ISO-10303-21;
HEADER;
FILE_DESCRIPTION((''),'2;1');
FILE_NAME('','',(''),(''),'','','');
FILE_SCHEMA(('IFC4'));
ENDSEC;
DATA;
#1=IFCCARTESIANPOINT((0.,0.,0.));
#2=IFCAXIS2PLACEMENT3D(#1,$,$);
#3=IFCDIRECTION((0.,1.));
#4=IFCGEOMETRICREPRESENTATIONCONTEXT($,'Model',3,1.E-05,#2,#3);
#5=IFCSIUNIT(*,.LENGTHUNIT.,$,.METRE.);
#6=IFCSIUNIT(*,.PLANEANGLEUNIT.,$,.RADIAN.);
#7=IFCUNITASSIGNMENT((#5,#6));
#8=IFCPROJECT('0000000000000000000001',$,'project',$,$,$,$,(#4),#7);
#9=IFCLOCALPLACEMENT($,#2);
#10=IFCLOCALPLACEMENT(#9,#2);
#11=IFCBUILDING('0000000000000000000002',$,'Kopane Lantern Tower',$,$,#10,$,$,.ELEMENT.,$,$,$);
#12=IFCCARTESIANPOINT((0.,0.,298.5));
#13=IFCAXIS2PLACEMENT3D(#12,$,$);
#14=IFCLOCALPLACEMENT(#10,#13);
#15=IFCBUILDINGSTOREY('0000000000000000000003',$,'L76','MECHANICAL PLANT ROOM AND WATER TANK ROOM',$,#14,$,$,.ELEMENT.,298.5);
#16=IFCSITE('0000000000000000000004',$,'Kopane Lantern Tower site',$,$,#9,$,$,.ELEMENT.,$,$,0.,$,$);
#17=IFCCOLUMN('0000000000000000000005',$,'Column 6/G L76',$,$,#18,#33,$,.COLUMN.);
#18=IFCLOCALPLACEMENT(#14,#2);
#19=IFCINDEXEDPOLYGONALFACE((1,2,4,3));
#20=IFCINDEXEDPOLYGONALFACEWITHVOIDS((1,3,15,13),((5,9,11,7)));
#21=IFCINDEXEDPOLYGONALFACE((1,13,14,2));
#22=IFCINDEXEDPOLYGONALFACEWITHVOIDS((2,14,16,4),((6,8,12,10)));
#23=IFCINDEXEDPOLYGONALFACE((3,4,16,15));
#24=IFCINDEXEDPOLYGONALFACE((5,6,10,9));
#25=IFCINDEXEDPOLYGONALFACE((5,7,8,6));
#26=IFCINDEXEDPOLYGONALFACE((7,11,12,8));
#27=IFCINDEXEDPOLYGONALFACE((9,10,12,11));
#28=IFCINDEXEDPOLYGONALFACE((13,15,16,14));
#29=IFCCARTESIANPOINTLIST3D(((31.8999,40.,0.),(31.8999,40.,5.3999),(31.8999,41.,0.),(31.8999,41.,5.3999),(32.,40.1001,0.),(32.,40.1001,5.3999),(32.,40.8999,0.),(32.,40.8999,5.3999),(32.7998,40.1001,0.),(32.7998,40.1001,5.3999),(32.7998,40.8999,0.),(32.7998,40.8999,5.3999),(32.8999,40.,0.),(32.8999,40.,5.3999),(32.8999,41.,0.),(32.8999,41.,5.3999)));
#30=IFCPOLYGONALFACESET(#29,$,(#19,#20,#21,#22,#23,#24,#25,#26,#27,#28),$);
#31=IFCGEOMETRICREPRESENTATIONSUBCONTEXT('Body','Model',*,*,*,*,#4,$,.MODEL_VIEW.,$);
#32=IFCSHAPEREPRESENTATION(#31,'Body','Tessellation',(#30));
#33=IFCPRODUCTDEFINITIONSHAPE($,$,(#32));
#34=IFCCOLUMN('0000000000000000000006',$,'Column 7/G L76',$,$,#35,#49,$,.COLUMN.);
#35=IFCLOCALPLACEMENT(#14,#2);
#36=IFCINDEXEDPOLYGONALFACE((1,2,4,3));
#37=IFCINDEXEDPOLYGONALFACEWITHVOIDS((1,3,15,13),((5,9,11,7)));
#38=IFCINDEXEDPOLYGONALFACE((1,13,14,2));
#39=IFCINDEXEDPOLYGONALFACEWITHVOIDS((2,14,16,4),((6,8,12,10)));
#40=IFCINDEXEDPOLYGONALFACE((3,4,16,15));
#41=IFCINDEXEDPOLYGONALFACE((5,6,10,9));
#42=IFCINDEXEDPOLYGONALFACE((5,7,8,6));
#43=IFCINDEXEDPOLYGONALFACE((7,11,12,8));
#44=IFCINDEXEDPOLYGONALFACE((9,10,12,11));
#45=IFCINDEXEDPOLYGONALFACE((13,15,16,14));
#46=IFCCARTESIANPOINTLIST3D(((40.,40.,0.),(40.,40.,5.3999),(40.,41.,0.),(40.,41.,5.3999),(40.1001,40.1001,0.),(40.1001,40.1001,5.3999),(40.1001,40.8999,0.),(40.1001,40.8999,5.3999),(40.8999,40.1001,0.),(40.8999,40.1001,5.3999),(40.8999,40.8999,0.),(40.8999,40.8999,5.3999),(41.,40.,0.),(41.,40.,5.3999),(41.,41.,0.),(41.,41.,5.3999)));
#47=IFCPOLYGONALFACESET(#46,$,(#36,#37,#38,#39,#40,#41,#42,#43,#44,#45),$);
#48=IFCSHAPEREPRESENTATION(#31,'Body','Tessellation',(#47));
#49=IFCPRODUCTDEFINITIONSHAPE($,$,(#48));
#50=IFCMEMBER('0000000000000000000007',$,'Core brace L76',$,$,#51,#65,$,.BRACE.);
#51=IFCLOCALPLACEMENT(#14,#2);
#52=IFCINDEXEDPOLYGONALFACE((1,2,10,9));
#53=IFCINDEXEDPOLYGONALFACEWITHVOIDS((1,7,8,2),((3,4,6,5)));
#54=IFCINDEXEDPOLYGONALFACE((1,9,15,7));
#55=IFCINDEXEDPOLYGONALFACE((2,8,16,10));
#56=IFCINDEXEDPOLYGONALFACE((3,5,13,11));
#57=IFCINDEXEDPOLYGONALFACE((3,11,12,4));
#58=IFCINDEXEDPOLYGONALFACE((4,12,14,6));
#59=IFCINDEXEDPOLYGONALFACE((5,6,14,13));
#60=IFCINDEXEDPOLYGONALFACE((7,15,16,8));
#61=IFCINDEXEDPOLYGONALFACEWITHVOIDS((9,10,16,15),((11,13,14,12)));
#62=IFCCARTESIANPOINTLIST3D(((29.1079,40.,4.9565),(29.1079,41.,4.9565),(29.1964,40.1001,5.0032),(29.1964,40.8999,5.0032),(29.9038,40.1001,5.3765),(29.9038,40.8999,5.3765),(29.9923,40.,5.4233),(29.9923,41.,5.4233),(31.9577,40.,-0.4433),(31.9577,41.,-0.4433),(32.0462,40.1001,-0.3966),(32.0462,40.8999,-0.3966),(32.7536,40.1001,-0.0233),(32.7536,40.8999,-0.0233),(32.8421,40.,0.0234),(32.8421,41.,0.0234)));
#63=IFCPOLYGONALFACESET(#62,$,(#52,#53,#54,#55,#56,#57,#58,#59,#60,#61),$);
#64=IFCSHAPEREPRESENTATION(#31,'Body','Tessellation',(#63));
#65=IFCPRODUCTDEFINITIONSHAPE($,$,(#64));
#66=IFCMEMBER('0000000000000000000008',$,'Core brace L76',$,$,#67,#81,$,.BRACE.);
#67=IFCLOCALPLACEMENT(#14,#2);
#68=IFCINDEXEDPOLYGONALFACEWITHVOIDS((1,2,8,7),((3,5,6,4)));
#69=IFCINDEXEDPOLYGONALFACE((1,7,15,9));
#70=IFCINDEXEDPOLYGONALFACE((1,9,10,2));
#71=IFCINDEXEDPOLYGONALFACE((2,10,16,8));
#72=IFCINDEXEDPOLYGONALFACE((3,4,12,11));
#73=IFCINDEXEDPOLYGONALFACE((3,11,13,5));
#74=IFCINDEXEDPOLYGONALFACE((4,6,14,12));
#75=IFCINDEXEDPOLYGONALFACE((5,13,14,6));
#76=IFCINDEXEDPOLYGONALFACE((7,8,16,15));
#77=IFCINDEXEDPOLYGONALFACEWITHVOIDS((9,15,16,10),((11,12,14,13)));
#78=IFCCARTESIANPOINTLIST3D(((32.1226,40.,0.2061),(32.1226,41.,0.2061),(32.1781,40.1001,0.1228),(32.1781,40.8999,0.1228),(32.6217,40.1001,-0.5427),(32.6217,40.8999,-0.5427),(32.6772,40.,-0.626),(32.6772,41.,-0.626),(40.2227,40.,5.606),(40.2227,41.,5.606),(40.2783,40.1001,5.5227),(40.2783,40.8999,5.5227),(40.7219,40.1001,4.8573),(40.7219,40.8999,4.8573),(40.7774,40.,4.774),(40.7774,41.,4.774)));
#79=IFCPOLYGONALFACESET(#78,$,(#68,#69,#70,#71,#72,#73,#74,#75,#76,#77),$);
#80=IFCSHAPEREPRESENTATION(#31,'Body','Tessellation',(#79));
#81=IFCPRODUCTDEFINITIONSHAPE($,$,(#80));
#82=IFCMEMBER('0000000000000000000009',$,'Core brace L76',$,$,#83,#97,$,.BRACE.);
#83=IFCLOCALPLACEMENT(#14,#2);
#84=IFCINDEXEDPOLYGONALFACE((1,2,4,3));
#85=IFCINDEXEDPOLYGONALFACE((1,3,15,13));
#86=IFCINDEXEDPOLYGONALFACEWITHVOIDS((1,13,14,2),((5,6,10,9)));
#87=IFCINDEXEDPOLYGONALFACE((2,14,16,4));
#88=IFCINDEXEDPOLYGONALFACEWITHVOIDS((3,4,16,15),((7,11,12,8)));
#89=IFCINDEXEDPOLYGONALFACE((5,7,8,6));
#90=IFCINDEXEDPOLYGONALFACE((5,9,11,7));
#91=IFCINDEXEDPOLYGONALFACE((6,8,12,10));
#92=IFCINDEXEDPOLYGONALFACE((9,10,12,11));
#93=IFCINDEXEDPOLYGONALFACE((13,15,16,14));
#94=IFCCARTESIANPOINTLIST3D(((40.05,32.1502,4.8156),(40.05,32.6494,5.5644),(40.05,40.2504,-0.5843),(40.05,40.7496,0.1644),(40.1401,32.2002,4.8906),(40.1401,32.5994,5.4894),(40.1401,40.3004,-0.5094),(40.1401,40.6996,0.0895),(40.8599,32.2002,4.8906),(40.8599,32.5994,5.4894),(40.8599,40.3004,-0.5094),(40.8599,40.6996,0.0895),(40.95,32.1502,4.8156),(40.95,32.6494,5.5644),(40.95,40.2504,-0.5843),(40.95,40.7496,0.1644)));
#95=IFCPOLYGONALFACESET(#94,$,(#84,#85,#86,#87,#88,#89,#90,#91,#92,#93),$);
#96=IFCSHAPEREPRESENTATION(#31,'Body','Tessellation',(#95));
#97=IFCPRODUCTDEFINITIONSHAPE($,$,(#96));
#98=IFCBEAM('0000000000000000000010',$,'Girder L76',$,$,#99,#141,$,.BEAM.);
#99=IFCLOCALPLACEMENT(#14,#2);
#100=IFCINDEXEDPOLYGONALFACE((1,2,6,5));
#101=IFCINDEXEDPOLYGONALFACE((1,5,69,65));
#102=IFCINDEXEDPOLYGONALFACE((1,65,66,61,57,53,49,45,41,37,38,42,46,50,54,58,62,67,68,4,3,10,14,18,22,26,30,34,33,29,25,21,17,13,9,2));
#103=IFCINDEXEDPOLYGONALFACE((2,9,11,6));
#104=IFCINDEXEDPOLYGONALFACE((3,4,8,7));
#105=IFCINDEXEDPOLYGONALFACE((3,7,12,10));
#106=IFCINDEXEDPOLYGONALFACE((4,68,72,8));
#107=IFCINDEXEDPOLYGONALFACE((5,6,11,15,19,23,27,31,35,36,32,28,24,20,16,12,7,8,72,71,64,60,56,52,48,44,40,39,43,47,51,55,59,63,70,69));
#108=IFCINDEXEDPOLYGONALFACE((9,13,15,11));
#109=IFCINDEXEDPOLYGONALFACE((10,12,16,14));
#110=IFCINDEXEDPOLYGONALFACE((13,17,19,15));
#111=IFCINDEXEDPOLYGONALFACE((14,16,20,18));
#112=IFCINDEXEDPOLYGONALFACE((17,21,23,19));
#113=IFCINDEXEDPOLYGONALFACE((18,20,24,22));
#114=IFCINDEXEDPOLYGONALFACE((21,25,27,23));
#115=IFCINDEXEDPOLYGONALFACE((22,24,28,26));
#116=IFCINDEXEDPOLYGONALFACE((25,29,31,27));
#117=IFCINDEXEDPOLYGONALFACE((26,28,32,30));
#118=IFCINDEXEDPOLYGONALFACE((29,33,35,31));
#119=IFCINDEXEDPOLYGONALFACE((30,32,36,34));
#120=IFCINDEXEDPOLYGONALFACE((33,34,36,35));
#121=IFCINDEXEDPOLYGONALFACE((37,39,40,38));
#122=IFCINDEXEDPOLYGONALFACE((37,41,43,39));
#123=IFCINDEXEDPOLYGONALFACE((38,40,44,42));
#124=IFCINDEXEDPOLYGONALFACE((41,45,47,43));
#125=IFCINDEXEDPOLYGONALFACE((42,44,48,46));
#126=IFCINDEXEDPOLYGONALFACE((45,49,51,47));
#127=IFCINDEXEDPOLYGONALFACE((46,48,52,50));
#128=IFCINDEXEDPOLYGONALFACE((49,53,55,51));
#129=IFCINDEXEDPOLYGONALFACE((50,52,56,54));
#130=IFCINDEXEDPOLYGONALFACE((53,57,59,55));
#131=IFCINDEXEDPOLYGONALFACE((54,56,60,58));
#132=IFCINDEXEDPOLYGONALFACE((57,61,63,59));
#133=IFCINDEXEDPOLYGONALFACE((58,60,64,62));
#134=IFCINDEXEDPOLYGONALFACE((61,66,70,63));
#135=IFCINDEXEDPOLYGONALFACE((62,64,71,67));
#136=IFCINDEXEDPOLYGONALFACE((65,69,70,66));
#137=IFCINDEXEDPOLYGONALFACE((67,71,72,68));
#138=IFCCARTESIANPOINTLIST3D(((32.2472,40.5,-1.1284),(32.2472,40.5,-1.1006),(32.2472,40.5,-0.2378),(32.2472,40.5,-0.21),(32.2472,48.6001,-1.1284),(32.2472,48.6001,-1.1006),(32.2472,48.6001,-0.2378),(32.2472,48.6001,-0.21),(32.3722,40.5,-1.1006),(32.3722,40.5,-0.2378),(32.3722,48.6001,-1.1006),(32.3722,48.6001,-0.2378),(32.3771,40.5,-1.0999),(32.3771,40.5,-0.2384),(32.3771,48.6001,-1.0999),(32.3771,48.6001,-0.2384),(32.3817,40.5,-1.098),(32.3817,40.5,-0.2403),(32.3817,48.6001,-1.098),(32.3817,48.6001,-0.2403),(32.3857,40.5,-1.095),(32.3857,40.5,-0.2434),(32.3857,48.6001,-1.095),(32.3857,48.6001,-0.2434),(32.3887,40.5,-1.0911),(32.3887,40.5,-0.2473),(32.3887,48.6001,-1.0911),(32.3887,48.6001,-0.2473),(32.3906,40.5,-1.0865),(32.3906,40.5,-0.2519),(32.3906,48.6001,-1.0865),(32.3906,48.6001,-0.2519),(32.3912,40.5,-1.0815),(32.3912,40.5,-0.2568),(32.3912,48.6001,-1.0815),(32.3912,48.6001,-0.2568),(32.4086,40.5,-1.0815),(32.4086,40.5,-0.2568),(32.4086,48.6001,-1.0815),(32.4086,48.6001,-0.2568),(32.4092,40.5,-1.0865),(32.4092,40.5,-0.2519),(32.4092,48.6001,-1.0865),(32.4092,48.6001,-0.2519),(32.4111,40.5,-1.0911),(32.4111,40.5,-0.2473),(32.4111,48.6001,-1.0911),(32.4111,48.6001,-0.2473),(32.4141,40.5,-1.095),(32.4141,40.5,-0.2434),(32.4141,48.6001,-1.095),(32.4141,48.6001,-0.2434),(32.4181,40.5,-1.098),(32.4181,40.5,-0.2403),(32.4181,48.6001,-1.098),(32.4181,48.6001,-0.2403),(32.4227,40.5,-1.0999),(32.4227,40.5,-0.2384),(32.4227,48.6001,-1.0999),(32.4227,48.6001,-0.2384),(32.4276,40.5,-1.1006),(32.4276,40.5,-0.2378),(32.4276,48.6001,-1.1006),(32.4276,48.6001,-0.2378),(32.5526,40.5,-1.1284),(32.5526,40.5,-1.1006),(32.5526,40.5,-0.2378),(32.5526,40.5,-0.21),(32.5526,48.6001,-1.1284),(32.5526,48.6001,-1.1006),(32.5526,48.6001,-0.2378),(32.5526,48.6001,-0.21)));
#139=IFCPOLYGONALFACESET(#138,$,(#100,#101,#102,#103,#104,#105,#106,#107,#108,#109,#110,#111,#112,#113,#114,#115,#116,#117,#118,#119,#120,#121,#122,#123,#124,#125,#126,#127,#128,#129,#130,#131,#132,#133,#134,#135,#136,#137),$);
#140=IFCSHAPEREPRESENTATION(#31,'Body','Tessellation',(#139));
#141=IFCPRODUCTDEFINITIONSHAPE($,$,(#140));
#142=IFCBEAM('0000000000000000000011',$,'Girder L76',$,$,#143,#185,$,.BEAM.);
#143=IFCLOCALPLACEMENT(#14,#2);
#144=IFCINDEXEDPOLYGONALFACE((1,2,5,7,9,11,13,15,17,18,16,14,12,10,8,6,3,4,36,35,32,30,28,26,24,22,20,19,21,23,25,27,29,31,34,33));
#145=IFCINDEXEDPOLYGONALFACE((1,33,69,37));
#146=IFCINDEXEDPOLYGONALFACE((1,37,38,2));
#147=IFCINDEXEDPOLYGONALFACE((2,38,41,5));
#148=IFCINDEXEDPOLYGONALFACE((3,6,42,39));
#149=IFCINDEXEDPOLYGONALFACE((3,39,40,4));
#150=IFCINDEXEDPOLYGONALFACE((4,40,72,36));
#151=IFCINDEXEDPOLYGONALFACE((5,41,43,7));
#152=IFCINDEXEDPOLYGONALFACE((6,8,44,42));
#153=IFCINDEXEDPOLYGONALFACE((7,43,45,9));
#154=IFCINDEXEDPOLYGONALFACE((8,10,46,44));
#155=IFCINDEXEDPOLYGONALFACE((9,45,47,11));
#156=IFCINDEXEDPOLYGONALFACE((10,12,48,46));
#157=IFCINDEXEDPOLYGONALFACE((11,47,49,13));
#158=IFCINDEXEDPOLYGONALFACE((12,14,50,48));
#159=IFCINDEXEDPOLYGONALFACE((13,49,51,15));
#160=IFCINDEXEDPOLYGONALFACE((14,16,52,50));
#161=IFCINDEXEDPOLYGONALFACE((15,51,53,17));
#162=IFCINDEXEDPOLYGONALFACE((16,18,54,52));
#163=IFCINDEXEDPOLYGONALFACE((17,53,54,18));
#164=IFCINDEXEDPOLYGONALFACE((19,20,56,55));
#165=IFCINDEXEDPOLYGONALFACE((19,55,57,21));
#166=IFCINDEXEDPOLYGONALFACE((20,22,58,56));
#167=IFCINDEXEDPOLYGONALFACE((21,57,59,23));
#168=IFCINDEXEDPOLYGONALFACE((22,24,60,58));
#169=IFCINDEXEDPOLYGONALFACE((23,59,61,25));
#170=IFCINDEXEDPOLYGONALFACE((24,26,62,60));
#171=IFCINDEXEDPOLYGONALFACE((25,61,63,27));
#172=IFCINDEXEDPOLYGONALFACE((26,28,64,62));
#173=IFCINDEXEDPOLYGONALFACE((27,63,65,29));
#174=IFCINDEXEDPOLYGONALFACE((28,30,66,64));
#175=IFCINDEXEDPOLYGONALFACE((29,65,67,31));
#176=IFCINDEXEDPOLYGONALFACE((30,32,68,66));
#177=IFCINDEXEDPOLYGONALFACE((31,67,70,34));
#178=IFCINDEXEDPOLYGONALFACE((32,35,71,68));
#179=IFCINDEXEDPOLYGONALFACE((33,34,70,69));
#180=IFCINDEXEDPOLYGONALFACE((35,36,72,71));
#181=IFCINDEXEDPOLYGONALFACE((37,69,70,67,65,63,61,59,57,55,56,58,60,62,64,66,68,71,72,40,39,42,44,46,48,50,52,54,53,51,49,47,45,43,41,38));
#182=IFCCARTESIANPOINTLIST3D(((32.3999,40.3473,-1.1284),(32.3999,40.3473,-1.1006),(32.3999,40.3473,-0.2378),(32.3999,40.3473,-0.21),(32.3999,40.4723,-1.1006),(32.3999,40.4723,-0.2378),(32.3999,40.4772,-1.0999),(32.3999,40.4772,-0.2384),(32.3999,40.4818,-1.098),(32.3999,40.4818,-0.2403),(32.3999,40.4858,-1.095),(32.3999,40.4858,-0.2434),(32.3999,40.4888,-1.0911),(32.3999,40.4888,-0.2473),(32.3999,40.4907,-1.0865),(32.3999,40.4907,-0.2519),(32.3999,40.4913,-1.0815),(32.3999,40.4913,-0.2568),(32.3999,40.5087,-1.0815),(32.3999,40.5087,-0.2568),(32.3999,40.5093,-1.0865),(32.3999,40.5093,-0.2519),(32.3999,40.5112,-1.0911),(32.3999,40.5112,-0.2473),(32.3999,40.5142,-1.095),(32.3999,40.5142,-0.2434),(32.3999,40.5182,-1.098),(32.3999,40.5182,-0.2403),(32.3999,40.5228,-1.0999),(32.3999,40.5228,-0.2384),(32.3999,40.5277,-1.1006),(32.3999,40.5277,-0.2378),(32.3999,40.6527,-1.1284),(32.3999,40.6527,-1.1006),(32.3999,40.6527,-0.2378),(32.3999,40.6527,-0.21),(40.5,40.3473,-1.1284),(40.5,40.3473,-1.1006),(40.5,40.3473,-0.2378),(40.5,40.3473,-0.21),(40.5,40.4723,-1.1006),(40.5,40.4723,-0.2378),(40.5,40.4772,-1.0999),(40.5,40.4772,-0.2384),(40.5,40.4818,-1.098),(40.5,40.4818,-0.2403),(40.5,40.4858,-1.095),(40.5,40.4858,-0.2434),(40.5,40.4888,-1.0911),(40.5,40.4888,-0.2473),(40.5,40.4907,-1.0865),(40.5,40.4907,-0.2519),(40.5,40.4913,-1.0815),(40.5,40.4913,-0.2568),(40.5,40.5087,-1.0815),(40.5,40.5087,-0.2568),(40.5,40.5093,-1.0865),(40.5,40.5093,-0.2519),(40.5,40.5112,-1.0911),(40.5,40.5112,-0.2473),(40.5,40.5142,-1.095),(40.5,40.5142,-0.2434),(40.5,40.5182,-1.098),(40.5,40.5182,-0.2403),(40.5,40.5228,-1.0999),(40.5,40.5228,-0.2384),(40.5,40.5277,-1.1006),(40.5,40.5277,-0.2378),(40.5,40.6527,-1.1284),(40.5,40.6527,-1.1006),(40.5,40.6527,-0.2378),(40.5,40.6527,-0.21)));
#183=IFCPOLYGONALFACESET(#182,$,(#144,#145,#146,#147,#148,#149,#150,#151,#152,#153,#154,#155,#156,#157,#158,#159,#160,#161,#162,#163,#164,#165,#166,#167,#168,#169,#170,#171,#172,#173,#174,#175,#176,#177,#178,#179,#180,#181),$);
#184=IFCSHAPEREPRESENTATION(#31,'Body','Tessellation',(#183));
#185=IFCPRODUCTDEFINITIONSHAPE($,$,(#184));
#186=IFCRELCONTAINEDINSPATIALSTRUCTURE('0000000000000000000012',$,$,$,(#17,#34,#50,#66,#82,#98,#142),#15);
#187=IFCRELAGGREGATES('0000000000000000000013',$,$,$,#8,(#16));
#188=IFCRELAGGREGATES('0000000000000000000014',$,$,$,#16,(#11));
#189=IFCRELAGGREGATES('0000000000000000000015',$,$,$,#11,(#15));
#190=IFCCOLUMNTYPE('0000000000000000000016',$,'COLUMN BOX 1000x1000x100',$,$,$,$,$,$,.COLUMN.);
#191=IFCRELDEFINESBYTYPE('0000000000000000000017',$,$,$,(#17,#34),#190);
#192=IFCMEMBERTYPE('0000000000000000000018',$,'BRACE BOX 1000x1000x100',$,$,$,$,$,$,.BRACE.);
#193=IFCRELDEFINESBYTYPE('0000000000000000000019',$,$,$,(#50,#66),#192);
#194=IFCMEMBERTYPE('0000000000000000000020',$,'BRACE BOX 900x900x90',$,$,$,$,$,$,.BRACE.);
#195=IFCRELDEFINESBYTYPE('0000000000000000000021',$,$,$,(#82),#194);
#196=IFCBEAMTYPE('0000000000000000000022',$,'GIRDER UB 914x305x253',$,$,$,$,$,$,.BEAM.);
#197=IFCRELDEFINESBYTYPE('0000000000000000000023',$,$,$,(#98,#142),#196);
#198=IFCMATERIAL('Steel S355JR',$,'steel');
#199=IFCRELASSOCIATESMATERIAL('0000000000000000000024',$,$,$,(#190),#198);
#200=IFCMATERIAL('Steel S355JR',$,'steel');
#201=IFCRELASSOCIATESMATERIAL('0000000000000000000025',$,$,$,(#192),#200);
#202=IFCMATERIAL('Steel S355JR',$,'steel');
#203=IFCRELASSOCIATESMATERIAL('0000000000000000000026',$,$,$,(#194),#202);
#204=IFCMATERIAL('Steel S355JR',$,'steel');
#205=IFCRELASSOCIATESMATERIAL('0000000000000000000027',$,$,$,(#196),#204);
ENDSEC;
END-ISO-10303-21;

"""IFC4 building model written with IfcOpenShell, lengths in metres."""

from ifc_helpers import new_model, si_unit, direction, frame, origin, origin_2d, place, context, subcontext, project, spatial, hollow_rectangle, i_section, extrude, material, material_profile, profile_set, type_object, element, save


model = new_model("IFC4")

# Units and contexts
model_context = context("Model", 3, precision=1e-05, world=origin(), true_north=direction((0.0, 1.0)))
body_context = subcontext(model_context, "Body", "Model", "MODEL_VIEW")
ifc_project = project(units=[si_unit("LENGTHUNIT", "METRE"), si_unit("PLANEANGLEUNIT", "RADIAN")], contexts=[model_context])

# Site, building, storey
site_placement = place(None, origin())
site = spatial("IfcSite", under=ifc_project, at=site_placement, Name="Kopane Lantern Tower site", CompositionType="ELEMENT", RefElevation=0.0)
building_placement = place(site_placement, origin())
building = spatial("IfcBuilding", under=site, at=building_placement, Name="Kopane Lantern Tower", CompositionType="ELEMENT")
storey_placement = place(building_placement, frame((0.0, 0.0, 298.5)))
storey = spatial("IfcBuildingStorey", under=building, at=storey_placement, Name="L76", Description="MECHANICAL PLANT ROOM AND WATER TANK ROOM", CompositionType="ELEMENT", Elevation=298.5)

# Columns
ifc_material_1 = material(Name="Steel S355JR", Category="steel")
ifc_material_profile_1 = material_profile(ifc_material_1, hollow_rectangle(XDim=1.0, YDim=1.0, WallThickness=0.1001, at=origin_2d()), Name="BOX 1000x1000x100")
ifc_profile_set_1 = profile_set([ifc_material_profile_1], Name="Steel S355JR")
column_type = type_object("IfcColumnType", Name="COLUMN BOX 1000x1000x100", PredefinedType="COLUMN", material=ifc_profile_set_1)
for number, where, z_axis, x_axis, name in (
    (1, (32.3999, 40.5, 0.0), (0.0, 0.0, 1.0), (1.0, 0.0, 0.0), "Column 6/G L76"),
    (2, (40.5, 40.5, 0.0), (0.0, 0.0, 1.0), (1.0, 0.0, 0.0), "Column 7/G L76"),
):
    element("IfcColumn", number, at=place(storey_placement, frame(where, z_axis=z_axis, x_axis=x_axis)), inside=storey, type_object=column_type, Name=name, PredefinedType="COLUMN", context=body_context, shape_type="SweptSolid", body=[
        extrude(hollow_rectangle(XDim=1.0, YDim=1.0, WallThickness=0.1001, at=origin_2d()), origin(), (0.0, 0.0, 1.0), 5.3999),
    ])

# Members
ifc_material_2 = material(Name="Steel S355JR", Category="steel")
ifc_material_profile_2 = material_profile(ifc_material_2, hollow_rectangle(XDim=1.0, YDim=1.0, WallThickness=0.1001, at=origin_2d()), Name="BOX 1000x1000x100")
ifc_profile_set_2 = profile_set([ifc_material_profile_2], Name="Steel S355JR")
member_type_1 = type_object("IfcMemberType", Name="BRACE BOX 1000x1000x100", PredefinedType="BRACE", material=ifc_profile_set_2)
member_1_placement = place(storey_placement, frame((32.3999, 40.5, -0.21), z_axis=(-0.466746, 0.0, 0.884391), x_axis=(0.0, -1.0, 0.0)))
element("IfcMember", 3, at=member_1_placement, inside=storey, type_object=member_type_1, Name="Core brace L76", PredefinedType="BRACE", context=body_context, shape_type="SweptSolid", body=[
    extrude(hollow_rectangle(XDim=1.0, YDim=1.0, WallThickness=0.1001, at=origin_2d()), origin(), (0.0, 0.0, 1.0), 6.1057),
])
member_2_placement = place(storey_placement, frame((32.3999, 40.5, -0.21), z_axis=(0.832058, 0.0, 0.554689), x_axis=(0.0, 1.0, 0.0)))
element("IfcMember", 4, at=member_2_placement, inside=storey, type_object=member_type_1, Name="Core brace L76", PredefinedType="BRACE", context=body_context, shape_type="SweptSolid", body=[
    extrude(hollow_rectangle(XDim=1.0, YDim=1.0, WallThickness=0.1001, at=origin_2d()), origin(), (0.0, 0.0, 1.0), 9.7351),
])
ifc_material_3 = material(Name="Steel S355JR", Category="steel")
ifc_material_profile_3 = material_profile(ifc_material_3, hollow_rectangle(XDim=0.8999, YDim=0.8999, WallThickness=0.0901, at=origin_2d()), Name="BOX 900x900x90")
ifc_profile_set_3 = profile_set([ifc_material_profile_3], Name="Steel S355JR")
member_type_2 = type_object("IfcMemberType", Name="BRACE BOX 900x900x90", PredefinedType="BRACE", material=ifc_profile_set_3)
member_3_placement = place(storey_placement, frame((40.5, 40.5, -0.21), z_axis=(0.0, -0.832058, 0.554689), x_axis=(1.0, 0.0, 0.0)))
element("IfcMember", 5, at=member_3_placement, inside=storey, type_object=member_type_2, Name="Core brace L76", PredefinedType="BRACE", context=body_context, shape_type="SweptSolid", body=[
    extrude(hollow_rectangle(XDim=0.8999, YDim=0.8999, WallThickness=0.0901, at=origin_2d()), origin(), (0.0, 0.0, 1.0), 9.7351),
])

# Beams
ifc_material_4 = material(Name="Steel S355JR", Category="steel")
ifc_material_profile_4 = material_profile(ifc_material_4, i_section(OverallWidth=0.3054, OverallDepth=0.9185, WebThickness=0.0173, FlangeThickness=0.0278, FilletRadius=0.019, at=origin_2d()), Name="UB 914x305x253")
ifc_profile_set_4 = profile_set([ifc_material_profile_4], Name="Steel S355JR")
beam_type = type_object("IfcBeamType", Name="GIRDER UB 914x305x253", PredefinedType="BEAM", material=ifc_profile_set_4)
for number, where, z_axis, x_axis, name in (
    (6, (32.3999, 40.5, -0.6692), (0.0, 1.0, 0.0), (-1.0, 0.0, 0.0), "Girder L76"),
    (7, (32.3999, 40.5, -0.6692), (1.0, 0.0, 0.0), (0.0, 1.0, 0.0), "Girder L76"),
):
    element("IfcBeam", number, at=place(storey_placement, frame(where, z_axis=z_axis, x_axis=x_axis)), inside=storey, type_object=beam_type, Name=name, PredefinedType="BEAM", context=body_context, shape_type="SweptSolid", body=[
        extrude(i_section(OverallWidth=0.3054, OverallDepth=0.9185, WebThickness=0.0173, FlangeThickness=0.0278, FilletRadius=0.019, at=origin_2d()), origin(), (0.0, 0.0, 1.0), 8.1001),
    ])

save(model, "model.ifc")
